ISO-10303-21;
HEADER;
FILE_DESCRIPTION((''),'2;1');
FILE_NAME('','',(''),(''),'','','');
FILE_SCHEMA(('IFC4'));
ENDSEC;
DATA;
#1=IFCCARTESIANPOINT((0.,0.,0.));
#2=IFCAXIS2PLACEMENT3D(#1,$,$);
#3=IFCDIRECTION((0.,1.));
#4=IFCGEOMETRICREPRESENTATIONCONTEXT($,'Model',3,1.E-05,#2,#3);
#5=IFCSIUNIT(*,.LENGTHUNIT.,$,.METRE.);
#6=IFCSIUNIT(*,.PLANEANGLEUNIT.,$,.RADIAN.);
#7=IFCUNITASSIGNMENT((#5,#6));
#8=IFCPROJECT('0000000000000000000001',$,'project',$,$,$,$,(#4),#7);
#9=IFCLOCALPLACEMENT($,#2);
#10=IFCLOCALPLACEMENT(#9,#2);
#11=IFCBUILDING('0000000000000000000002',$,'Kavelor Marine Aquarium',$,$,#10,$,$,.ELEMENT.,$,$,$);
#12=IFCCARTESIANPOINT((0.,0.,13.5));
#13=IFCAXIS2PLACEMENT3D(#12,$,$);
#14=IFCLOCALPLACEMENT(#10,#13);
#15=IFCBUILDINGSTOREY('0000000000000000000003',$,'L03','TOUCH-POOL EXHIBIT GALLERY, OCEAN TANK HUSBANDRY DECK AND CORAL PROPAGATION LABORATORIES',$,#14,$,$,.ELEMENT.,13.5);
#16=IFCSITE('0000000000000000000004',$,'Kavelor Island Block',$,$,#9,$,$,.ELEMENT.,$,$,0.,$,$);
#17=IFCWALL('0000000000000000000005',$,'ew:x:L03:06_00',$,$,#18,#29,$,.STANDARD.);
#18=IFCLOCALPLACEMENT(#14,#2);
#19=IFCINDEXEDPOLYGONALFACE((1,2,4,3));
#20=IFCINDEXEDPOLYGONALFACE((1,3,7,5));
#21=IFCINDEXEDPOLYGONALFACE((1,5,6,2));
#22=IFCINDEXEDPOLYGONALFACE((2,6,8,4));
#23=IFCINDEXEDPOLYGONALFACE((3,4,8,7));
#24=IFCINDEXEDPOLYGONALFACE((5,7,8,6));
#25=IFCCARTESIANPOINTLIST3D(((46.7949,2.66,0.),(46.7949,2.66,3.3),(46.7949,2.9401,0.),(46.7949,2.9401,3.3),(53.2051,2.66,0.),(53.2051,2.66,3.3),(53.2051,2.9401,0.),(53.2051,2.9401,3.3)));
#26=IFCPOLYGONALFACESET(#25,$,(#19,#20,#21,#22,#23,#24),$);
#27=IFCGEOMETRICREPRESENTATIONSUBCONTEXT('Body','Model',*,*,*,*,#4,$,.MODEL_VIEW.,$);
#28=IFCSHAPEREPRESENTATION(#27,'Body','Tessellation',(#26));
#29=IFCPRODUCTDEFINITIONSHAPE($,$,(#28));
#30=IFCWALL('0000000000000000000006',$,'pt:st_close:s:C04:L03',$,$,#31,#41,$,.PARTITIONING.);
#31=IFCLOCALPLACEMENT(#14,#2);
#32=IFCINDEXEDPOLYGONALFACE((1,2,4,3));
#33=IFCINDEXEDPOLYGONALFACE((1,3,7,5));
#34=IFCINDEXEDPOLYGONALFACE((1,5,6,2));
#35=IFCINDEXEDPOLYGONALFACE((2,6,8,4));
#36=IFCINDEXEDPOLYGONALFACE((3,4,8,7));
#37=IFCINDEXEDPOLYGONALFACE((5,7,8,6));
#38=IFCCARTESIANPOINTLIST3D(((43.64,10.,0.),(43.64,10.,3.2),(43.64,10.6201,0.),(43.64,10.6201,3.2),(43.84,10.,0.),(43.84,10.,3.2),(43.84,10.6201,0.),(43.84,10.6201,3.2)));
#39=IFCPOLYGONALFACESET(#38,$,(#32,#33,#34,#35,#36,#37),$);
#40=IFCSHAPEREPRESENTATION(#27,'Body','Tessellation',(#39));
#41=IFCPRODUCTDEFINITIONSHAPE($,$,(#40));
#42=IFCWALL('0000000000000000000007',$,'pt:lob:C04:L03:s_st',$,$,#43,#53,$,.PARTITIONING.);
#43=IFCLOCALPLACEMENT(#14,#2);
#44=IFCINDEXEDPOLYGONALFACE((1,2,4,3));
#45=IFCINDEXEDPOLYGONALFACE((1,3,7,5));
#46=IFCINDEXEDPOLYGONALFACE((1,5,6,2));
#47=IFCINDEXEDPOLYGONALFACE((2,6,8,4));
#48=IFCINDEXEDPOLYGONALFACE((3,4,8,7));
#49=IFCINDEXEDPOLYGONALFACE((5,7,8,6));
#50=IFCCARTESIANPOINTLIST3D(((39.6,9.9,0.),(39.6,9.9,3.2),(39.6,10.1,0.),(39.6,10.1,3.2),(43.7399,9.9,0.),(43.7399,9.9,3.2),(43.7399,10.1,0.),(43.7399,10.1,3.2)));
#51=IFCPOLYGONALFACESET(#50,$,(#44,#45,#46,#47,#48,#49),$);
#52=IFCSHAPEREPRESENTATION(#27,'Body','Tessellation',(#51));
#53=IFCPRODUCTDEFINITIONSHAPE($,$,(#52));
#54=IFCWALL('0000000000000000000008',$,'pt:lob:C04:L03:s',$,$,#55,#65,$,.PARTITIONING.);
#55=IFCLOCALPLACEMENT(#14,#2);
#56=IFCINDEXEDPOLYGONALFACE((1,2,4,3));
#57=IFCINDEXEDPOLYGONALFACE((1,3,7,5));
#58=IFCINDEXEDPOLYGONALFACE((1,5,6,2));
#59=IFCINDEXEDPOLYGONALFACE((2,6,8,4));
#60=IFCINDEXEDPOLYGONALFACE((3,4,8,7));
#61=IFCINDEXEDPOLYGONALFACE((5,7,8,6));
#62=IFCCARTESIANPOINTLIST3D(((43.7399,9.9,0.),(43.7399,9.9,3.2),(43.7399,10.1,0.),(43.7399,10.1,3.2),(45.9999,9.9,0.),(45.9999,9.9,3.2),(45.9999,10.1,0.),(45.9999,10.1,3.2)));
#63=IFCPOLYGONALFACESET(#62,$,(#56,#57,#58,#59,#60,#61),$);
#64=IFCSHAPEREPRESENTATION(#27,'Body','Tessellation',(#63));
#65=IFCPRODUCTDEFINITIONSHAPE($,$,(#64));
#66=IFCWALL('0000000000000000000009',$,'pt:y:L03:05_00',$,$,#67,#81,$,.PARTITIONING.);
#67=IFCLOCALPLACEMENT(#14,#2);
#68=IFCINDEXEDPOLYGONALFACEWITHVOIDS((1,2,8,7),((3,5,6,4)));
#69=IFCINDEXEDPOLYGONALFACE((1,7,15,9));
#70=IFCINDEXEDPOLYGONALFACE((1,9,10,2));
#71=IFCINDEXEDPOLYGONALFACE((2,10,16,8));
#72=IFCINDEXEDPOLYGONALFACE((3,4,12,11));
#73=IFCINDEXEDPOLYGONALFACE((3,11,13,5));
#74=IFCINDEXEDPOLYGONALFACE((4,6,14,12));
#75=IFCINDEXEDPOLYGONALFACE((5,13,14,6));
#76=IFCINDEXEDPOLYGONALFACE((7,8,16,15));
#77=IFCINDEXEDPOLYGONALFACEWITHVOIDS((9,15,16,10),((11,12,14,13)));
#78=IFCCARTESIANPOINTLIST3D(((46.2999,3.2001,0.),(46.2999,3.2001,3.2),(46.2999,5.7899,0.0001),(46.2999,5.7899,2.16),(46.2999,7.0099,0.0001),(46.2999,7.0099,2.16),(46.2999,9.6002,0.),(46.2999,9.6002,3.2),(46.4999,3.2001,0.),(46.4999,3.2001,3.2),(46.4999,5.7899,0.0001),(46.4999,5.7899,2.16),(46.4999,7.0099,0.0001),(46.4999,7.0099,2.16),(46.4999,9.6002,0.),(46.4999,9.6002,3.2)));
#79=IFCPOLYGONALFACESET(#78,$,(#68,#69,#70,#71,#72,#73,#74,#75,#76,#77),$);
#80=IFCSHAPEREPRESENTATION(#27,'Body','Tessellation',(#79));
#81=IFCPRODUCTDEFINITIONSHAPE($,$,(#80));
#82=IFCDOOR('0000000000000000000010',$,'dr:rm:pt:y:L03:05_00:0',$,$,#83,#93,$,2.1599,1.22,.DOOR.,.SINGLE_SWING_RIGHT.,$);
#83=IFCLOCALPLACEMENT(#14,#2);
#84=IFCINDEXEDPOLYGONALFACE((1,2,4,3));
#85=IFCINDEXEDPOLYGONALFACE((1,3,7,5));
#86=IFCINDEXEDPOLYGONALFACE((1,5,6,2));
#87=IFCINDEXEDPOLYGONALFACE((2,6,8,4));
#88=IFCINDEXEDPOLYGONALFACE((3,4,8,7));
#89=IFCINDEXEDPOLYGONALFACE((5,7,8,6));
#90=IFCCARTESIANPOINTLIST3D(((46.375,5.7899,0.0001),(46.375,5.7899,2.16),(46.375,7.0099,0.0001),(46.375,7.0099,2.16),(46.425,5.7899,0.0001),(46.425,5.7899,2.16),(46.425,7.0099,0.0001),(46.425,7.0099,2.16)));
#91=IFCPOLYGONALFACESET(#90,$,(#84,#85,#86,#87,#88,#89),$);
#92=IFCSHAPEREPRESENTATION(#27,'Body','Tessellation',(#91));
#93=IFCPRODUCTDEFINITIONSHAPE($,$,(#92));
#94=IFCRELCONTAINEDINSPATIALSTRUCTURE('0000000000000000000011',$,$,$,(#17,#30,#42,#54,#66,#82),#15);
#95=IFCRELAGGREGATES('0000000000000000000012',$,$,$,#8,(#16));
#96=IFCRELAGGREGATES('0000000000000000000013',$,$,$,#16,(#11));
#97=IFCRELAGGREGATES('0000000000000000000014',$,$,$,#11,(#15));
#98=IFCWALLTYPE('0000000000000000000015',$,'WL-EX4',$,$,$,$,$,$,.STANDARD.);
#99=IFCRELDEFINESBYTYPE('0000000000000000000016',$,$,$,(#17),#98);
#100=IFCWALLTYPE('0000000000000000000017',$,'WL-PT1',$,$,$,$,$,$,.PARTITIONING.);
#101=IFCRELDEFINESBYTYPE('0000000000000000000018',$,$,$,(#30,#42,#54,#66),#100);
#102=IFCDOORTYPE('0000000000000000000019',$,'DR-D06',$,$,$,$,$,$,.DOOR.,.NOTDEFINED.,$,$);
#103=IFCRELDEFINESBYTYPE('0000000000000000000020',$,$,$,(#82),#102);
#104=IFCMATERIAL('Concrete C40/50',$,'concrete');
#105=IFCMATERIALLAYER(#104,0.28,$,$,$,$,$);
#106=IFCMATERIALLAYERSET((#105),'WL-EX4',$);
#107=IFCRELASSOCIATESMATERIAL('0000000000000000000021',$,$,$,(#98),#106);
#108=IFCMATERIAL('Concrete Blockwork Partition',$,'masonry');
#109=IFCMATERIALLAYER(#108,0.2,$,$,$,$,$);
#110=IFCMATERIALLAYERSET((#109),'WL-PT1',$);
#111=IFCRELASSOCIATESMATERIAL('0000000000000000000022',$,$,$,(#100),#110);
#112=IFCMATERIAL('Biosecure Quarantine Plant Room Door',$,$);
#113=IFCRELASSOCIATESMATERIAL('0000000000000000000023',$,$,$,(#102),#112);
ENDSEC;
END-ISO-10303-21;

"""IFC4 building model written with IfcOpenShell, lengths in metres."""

from ifc_helpers import new_model, si_unit, direction, frame, frame_2d, origin, place, context, subcontext, project, spatial, rectangle, extrude, material, layer, layer_set, type_object, element, fill, save


model = new_model("IFC4")

# Units and contexts
model_context = context("Model", 3, precision=1e-05, world=origin(), true_north=direction((0.0, 1.0)))
body_context = subcontext(model_context, "Body", "Model", "MODEL_VIEW")
ifc_project = project(units=[si_unit("LENGTHUNIT", "METRE"), si_unit("PLANEANGLEUNIT", "RADIAN")], contexts=[model_context])

# Site, building, storey
site_placement = place(None, origin())
site = spatial("IfcSite", under=ifc_project, at=site_placement, Name="Kavelor Island Block", CompositionType="ELEMENT", RefElevation=0.0)
building_placement = place(site_placement, origin())
building = spatial("IfcBuilding", under=site, at=building_placement, Name="Kavelor Marine Aquarium", CompositionType="ELEMENT")
storey_placement = place(building_placement, frame((0.0, 0.0, 13.5)))
storey = spatial("IfcBuildingStorey", under=building, at=storey_placement, Name="L03", Description="TOUCH-POOL EXHIBIT GALLERY, OCEAN TANK HUSBANDRY DECK AND CORAL PROPAGATION LABORATORIES", CompositionType="ELEMENT", Elevation=13.5)

# Walls
ifc_material_1 = material(Name="Concrete C40/50", Category="concrete")
ifc_layer_1 = layer(ifc_material_1, 0.28)
ifc_layer_set_1 = layer_set([ifc_layer_1], Name="WL-EX4")
wall_type_1 = type_object("IfcWallType", Name="WL-EX4", PredefinedType="STANDARD", material=ifc_layer_set_1)
wall_1_placement = place(storey_placement, frame((53.2051, 2.8, 0.0), z_axis=(0.0, 0.0, 1.0), x_axis=(-1.0, 0.0, 0.0)))
element("IfcWall", 1, at=wall_1_placement, inside=storey, type_object=wall_type_1, Name="ew:x:L03:06_00", PredefinedType="STANDARD", context=body_context, shape_type="SweptSolid", body=[
    extrude(rectangle(XDim=6.4102, YDim=0.28, at=frame_2d((3.2051, 0.0))), origin(), (0.0, 0.0, 1.0), 3.3),
])
ifc_material_2 = material(Name="Concrete Blockwork Partition", Category="masonry")
ifc_layer_2 = layer(ifc_material_2, 0.2)
ifc_layer_set_2 = layer_set([ifc_layer_2], Name="WL-PT1")
wall_type_2 = type_object("IfcWallType", Name="WL-PT1", PredefinedType="PARTITIONING", material=ifc_layer_set_2)
wall_2_placement = place(storey_placement, frame((43.74, 10.0, 0.0), z_axis=(0.0, 0.0, 1.0), x_axis=(0.0, 1.0, 0.0)))
element("IfcWall", 2, at=wall_2_placement, inside=storey, type_object=wall_type_2, Name="pt:st_close:s:C04:L03", PredefinedType="PARTITIONING", context=body_context, shape_type="SweptSolid", body=[
    extrude(rectangle(XDim=0.6201, YDim=0.2, at=frame_2d((0.3101, 0.0))), origin(), (0.0, 0.0, 1.0), 3.2),
])
wall_3_placement = place(storey_placement, frame((39.6001, 10.0, 0.0), z_axis=(0.0, 0.0, 1.0), x_axis=(1.0, 0.0, 0.0)))
element("IfcWall", 3, at=wall_3_placement, inside=storey, type_object=wall_type_2, Name="pt:lob:C04:L03:s_st", PredefinedType="PARTITIONING", context=body_context, shape_type="SweptSolid", body=[
    extrude(rectangle(XDim=4.1399, YDim=0.2, at=frame_2d((2.0698, 0.0))), origin(), (0.0, 0.0, 1.0), 3.2),
])
wall_4_placement = place(storey_placement, frame((43.74, 10.0, 0.0), z_axis=(0.0, 0.0, 1.0), x_axis=(1.0, 0.0, 0.0)))
element("IfcWall", 4, at=wall_4_placement, inside=storey, type_object=wall_type_2, Name="pt:lob:C04:L03:s", PredefinedType="PARTITIONING", context=body_context, shape_type="SweptSolid", body=[
    extrude(rectangle(XDim=2.26, YDim=0.2, at=frame_2d((1.1299, 0.0))), origin(), (0.0, 0.0, 1.0), 3.2),
])

# Wall, opening, door
wall_5_placement = place(storey_placement, frame((46.3999, 3.2, 0.0), z_axis=(0.0, 0.0, 1.0), x_axis=(0.0, 1.0, 0.0)))
wall_5 = element("IfcWall", 5, at=wall_5_placement, inside=storey, type_object=wall_type_2, Name="pt:y:L03:05_00", PredefinedType="PARTITIONING", context=body_context, shape_type="SweptSolid", body=[
    extrude(rectangle(XDim=6.4001, YDim=0.2, at=frame_2d((3.2002, 0.0))), origin(), (0.0, 0.0, 1.0), 3.2),
])
opening_placement = place(wall_5_placement, frame((2.5901, 0.0, 0.0)))
opening = element("IfcOpeningElement", 6, at=opening_placement, cuts=wall_5, PredefinedType="OPENING", context=body_context, shape_type="SweptSolid", body=[
    extrude(rectangle(XDim=1.22, YDim=2.1599, at=frame_2d((0.6099, 1.0801))), frame((0.0, 0.1099, 0.0), z_axis=(0.0, -1.0, 0.0), x_axis=(1.0, 0.0, 0.0)), (0.0, 0.0, 1.0), 0.22),
])
ifc_material_3 = material(Name="Biosecure Quarantine Plant Room Door")
door_type = type_object("IfcDoorType", Name="DR-D06", OperationType="NOTDEFINED", PredefinedType="DOOR", material=ifc_material_3)
door_placement = place(opening_placement, origin())
door = element("IfcDoor", 7, at=door_placement, inside=storey, type_object=door_type, Name="dr:rm:pt:y:L03:05_00:0", OperationType="SINGLE_SWING_RIGHT", OverallHeight=2.1599, OverallWidth=1.22, PredefinedType="DOOR", context=body_context, shape_type="SweptSolid", body=[
    extrude(rectangle(XDim=1.22, YDim=2.1599, at=frame_2d((0.6099, 1.0801))), frame((0.0, 0.0249, 0.0), z_axis=(0.0, -1.0, 0.0), x_axis=(1.0, 0.0, 0.0)), (0.0, 0.0, 1.0), 0.05),
])
fill(opening, door)

save(model, "model.ifc")
